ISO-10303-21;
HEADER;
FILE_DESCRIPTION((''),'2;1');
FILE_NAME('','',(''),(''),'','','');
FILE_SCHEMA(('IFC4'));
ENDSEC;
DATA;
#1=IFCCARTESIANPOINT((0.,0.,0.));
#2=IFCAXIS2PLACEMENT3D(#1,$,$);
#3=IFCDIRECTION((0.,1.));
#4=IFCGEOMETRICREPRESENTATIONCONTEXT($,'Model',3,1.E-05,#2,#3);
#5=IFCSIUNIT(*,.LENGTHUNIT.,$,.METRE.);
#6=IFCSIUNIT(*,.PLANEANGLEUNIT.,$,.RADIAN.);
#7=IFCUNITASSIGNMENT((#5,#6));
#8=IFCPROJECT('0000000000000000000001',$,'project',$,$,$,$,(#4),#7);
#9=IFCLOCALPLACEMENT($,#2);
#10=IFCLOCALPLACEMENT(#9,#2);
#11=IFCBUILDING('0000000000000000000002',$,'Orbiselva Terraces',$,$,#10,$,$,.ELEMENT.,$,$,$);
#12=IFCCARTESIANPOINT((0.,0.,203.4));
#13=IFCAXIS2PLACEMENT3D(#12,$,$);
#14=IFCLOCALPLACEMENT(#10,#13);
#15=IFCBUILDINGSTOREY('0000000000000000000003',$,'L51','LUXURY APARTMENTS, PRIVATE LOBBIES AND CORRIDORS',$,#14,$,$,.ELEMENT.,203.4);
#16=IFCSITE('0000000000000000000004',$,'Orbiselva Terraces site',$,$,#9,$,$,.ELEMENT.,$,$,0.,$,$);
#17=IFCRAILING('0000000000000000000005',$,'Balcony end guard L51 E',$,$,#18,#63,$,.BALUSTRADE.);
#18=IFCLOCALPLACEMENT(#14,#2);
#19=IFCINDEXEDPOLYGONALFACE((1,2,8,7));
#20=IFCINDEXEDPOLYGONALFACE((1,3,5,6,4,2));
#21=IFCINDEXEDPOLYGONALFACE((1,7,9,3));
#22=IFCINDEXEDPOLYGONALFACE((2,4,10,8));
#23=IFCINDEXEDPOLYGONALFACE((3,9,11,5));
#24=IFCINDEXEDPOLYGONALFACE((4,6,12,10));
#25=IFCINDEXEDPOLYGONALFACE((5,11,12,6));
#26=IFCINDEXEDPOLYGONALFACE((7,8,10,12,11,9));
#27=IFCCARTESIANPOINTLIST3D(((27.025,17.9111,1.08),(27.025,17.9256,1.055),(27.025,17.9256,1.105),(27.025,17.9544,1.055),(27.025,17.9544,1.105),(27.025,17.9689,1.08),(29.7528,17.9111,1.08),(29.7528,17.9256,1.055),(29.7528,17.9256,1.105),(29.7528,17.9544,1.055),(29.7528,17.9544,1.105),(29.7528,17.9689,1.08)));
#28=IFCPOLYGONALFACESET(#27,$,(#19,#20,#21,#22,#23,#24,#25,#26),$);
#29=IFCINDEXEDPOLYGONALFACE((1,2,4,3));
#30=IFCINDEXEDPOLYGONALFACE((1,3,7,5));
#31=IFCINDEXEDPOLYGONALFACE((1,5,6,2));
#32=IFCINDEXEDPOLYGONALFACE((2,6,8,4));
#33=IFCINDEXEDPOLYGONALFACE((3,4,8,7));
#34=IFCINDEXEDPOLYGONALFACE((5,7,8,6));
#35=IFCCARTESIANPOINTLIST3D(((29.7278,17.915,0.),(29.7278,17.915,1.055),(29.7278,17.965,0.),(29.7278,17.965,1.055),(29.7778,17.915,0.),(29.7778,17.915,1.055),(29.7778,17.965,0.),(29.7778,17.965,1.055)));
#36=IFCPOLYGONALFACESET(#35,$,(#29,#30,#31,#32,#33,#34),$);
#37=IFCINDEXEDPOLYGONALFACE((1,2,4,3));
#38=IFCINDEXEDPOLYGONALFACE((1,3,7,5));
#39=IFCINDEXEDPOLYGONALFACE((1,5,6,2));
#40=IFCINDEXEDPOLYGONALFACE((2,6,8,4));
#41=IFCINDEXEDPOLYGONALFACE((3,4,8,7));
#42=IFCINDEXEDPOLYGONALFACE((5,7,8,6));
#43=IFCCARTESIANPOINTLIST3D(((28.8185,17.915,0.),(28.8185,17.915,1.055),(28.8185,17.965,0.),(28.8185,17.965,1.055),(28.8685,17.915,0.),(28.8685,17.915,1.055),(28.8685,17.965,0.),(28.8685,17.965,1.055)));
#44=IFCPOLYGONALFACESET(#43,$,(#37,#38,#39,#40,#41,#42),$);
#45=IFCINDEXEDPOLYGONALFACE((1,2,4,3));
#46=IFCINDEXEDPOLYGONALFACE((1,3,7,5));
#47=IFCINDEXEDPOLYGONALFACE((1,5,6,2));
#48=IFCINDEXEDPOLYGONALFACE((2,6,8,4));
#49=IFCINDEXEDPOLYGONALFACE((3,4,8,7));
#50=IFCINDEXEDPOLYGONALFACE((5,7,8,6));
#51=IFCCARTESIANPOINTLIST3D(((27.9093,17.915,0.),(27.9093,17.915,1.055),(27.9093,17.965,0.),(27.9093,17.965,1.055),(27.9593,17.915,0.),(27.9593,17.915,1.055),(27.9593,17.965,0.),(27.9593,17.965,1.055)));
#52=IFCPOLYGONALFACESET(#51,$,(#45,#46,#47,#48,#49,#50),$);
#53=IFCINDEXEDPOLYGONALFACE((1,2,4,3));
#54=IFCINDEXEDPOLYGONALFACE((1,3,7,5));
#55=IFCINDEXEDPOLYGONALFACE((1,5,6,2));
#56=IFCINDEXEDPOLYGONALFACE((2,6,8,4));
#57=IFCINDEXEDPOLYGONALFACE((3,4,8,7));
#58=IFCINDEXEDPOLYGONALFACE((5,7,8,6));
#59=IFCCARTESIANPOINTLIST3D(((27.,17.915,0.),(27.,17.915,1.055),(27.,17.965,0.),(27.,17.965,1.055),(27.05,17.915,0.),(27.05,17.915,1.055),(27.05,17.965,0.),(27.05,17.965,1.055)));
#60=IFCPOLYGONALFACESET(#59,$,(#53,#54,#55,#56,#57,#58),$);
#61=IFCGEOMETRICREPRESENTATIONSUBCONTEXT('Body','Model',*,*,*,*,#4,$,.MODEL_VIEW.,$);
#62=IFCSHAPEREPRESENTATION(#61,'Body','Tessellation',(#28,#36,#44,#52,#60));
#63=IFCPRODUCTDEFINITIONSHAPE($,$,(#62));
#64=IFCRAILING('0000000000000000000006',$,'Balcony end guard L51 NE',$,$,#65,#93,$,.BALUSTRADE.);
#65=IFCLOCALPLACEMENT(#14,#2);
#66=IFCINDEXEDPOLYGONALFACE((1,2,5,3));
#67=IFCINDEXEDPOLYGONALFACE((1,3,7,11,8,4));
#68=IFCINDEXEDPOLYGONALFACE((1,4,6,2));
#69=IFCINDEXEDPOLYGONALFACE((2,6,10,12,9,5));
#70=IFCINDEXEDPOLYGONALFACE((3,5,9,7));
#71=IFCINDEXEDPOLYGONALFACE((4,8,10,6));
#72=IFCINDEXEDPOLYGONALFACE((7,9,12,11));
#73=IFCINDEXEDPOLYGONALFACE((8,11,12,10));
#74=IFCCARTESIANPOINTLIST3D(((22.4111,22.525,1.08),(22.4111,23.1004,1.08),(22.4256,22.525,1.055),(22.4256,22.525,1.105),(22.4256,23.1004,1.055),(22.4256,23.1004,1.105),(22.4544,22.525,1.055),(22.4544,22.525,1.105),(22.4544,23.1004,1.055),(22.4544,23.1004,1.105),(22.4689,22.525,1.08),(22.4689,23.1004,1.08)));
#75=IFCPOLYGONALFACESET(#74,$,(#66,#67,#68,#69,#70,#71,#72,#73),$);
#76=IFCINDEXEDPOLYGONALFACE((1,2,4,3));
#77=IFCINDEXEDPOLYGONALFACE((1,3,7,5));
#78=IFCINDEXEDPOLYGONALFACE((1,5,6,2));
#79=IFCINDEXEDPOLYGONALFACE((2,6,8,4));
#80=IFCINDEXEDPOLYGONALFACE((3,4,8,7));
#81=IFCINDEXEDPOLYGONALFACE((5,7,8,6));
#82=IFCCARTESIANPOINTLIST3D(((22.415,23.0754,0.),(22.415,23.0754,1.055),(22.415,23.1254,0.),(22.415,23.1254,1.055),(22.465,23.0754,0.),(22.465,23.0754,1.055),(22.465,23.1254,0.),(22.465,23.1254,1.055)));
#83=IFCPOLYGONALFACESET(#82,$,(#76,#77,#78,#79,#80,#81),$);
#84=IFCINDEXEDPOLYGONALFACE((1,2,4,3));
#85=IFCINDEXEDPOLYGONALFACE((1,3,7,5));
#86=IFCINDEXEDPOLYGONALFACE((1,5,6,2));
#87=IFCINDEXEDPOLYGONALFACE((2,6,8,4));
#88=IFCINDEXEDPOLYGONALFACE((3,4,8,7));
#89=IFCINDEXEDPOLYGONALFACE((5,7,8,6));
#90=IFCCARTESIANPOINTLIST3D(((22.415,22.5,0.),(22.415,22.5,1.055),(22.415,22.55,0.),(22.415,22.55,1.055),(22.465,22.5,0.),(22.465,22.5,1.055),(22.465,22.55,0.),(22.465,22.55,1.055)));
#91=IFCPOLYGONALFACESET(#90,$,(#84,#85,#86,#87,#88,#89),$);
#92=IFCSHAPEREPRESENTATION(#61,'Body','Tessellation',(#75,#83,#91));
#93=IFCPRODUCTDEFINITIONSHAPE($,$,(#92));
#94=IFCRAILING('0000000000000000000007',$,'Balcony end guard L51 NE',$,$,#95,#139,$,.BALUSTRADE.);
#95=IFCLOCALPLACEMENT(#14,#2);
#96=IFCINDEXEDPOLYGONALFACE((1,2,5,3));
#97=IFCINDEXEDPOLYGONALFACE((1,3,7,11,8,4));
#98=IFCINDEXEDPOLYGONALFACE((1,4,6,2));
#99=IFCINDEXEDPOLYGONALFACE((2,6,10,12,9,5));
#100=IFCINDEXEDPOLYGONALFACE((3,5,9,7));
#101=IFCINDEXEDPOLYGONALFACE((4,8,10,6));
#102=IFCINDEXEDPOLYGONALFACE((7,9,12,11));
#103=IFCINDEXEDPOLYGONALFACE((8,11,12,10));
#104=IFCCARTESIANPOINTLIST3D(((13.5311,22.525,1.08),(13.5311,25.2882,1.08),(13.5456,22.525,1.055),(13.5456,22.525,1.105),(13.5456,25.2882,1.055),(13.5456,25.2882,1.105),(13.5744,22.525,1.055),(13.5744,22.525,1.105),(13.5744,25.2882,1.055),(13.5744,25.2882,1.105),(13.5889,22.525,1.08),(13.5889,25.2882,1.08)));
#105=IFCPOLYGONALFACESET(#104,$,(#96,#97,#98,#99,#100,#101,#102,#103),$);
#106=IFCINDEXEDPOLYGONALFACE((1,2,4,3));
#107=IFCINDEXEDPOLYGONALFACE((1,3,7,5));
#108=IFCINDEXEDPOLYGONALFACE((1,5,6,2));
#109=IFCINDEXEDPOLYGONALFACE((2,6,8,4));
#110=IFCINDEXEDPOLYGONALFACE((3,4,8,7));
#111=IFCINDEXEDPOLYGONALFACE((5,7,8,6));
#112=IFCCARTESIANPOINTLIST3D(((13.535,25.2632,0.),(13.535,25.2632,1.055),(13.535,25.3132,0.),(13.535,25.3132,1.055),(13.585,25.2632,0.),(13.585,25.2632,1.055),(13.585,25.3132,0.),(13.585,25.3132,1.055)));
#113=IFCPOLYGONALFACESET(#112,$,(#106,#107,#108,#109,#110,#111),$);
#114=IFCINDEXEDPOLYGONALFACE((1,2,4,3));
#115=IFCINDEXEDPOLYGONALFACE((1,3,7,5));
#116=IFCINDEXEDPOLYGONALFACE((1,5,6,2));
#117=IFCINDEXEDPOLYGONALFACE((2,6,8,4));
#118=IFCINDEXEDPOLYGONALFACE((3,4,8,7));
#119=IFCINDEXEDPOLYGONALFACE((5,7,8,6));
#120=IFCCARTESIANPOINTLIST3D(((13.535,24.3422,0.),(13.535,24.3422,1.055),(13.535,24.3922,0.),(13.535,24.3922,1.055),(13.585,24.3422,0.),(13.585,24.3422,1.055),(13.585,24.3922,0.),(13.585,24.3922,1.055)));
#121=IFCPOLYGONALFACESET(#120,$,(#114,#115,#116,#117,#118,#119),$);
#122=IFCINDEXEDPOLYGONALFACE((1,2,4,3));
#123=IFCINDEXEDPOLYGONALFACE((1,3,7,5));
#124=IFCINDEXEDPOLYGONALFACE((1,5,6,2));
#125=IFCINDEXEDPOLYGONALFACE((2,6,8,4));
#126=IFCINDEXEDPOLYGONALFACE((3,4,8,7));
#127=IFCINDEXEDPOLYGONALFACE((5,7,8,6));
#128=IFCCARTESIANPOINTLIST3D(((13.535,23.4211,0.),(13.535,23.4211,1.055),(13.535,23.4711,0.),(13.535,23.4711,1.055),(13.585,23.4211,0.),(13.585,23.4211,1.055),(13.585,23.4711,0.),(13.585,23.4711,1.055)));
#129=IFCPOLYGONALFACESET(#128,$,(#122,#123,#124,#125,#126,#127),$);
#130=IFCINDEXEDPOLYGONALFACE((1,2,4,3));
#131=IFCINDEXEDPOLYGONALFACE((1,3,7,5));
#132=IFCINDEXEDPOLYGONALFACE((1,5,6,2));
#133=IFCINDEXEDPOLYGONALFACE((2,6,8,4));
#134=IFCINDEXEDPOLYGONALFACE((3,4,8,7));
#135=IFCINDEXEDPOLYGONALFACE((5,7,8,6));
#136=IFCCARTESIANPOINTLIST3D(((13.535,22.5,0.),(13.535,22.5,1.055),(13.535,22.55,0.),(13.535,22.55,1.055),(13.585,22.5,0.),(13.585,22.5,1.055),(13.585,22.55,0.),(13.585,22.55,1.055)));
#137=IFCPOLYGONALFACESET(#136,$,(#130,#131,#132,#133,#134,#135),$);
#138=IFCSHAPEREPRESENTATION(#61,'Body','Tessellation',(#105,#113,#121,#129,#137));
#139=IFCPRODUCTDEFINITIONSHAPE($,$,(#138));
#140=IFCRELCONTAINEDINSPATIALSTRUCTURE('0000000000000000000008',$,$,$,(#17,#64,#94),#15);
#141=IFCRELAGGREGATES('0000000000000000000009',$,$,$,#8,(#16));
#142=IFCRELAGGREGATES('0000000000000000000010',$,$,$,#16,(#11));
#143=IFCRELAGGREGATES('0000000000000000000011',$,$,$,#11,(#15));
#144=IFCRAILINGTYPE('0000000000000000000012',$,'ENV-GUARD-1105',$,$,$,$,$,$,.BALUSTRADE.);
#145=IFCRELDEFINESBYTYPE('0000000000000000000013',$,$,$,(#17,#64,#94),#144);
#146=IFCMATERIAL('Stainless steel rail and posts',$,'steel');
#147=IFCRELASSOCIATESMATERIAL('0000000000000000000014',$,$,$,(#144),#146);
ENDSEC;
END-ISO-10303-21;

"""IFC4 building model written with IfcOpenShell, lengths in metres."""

from ifc_helpers import new_model, si_unit, direction, frame, origin, origin_2d, place, context, subcontext, project, spatial, polyline, rectangle, outline, extrude, material, type_object, element, save


model = new_model("IFC4")

# Units and contexts
model_context = context("Model", 3, precision=1e-05, world=origin(), true_north=direction((0.0, 1.0)))
body_context = subcontext(model_context, "Body", "Model", "MODEL_VIEW")
ifc_project = project(units=[si_unit("LENGTHUNIT", "METRE"), si_unit("PLANEANGLEUNIT", "RADIAN")], contexts=[model_context])

# Site, building, storey
site_placement = place(None, origin())
site = spatial("IfcSite", under=ifc_project, at=site_placement, Name="Orbiselva Terraces site", CompositionType="ELEMENT", RefElevation=0.0)
building_placement = place(site_placement, origin())
building = spatial("IfcBuilding", under=site, at=building_placement, Name="Orbiselva Terraces", CompositionType="ELEMENT")
storey_placement = place(building_placement, frame((0.0, 0.0, 203.4)))
storey = spatial("IfcBuildingStorey", under=building, at=storey_placement, Name="L51", Description="LUXURY APARTMENTS, PRIVATE LOBBIES AND CORRIDORS", CompositionType="ELEMENT", Elevation=203.4)

# Railings
ifc_material_1 = material(Name="Stainless steel rail and posts", Category="steel")
railing_type_1 = type_object("IfcRailingType", Name="ENV-GUARD-1105", PredefinedType="BALUSTRADE", material=ifc_material_1)
railing_1_placement = place(storey_placement, frame((29.7528, 17.94, 0.0)))
element("IfcRailing", 1, at=railing_1_placement, inside=storey, type_object=railing_type_1, Name="Balcony end guard L51 E", PredefinedType="BALUSTRADE", context=body_context, shape_type="SweptSolid", body=[
    extrude(outline(polyline([(0.0289, 0.0), (0.0144, 0.025), (-0.0144, 0.025), (-0.0289, 0.0), (-0.0144, -0.025), (0.0144, -0.025), (0.0289, 0.0)])), frame((0.0, 0.0, 1.08), z_axis=(-1.0, 0.0, 0.0), x_axis=(0.0, -1.0, 0.0)), (0.0, 0.0, 1.0), 2.7278),
    extrude(rectangle(XDim=0.05, YDim=0.05, at=origin_2d()), origin(), (0.0, 0.0, 1.0), 1.055),
    extrude(rectangle(XDim=0.05, YDim=0.05, at=origin_2d()), frame((-0.9093, 0.0, 0.0)), (0.0, 0.0, 1.0), 1.055),
    extrude(rectangle(XDim=0.05, YDim=0.05, at=origin_2d()), frame((-1.8185, 0.0, 0.0)), (0.0, 0.0, 1.0), 1.055),
    extrude(rectangle(XDim=0.05, YDim=0.05, at=origin_2d()), frame((-2.7278, 0.0, 0.0)), (0.0, 0.0, 1.0), 1.055),
])
railing_2_placement = place(storey_placement, frame((22.44, 23.1004, 0.0)))
element("IfcRailing", 2, at=railing_2_placement, inside=storey, type_object=railing_type_1, Name="Balcony end guard L51 NE", PredefinedType="BALUSTRADE", context=body_context, shape_type="SweptSolid", body=[
    extrude(outline(polyline([(0.0289, 0.0), (0.0144, 0.025), (-0.0144, 0.025), (-0.0289, 0.0), (-0.0144, -0.025), (0.0144, -0.025), (0.0289, 0.0)])), frame((0.0, 0.0, 1.08), z_axis=(0.0, -1.0, 0.0), x_axis=(1.0, 0.0, 0.0)), (0.0, 0.0, 1.0), 0.5754),
    extrude(rectangle(XDim=0.05, YDim=0.05, at=origin_2d()), origin(), (0.0, 0.0, 1.0), 1.055),
    extrude(rectangle(XDim=0.05, YDim=0.05, at=origin_2d()), frame((0.0, -0.5754, 0.0)), (0.0, 0.0, 1.0), 1.055),
])
railing_3_placement = place(storey_placement, frame((13.56, 25.2882, 0.0)))
element("IfcRailing", 3, at=railing_3_placement, inside=storey, type_object=railing_type_1, Name="Balcony end guard L51 NE", PredefinedType="BALUSTRADE", context=body_context, shape_type="SweptSolid", body=[
    extrude(outline(polyline([(0.0289, 0.0), (0.0144, 0.025), (-0.0144, 0.025), (-0.0289, 0.0), (-0.0144, -0.025), (0.0144, -0.025), (0.0289, 0.0)])), frame((0.0, 0.0, 1.08), z_axis=(0.0, -1.0, 0.0), x_axis=(1.0, 0.0, 0.0)), (0.0, 0.0, 1.0), 2.7632),
    extrude(rectangle(XDim=0.05, YDim=0.05, at=origin_2d()), origin(), (0.0, 0.0, 1.0), 1.055),
    extrude(rectangle(XDim=0.05, YDim=0.05, at=origin_2d()), frame((0.0, -0.9211, 0.0)), (0.0, 0.0, 1.0), 1.055),
    extrude(rectangle(XDim=0.05, YDim=0.05, at=origin_2d()), frame((0.0, -1.8422, 0.0)), (0.0, 0.0, 1.0), 1.055),
    extrude(rectangle(XDim=0.05, YDim=0.05, at=origin_2d()), frame((0.0, -2.7632, 0.0)), (0.0, 0.0, 1.0), 1.055),
])

save(model, "model.ifc")
